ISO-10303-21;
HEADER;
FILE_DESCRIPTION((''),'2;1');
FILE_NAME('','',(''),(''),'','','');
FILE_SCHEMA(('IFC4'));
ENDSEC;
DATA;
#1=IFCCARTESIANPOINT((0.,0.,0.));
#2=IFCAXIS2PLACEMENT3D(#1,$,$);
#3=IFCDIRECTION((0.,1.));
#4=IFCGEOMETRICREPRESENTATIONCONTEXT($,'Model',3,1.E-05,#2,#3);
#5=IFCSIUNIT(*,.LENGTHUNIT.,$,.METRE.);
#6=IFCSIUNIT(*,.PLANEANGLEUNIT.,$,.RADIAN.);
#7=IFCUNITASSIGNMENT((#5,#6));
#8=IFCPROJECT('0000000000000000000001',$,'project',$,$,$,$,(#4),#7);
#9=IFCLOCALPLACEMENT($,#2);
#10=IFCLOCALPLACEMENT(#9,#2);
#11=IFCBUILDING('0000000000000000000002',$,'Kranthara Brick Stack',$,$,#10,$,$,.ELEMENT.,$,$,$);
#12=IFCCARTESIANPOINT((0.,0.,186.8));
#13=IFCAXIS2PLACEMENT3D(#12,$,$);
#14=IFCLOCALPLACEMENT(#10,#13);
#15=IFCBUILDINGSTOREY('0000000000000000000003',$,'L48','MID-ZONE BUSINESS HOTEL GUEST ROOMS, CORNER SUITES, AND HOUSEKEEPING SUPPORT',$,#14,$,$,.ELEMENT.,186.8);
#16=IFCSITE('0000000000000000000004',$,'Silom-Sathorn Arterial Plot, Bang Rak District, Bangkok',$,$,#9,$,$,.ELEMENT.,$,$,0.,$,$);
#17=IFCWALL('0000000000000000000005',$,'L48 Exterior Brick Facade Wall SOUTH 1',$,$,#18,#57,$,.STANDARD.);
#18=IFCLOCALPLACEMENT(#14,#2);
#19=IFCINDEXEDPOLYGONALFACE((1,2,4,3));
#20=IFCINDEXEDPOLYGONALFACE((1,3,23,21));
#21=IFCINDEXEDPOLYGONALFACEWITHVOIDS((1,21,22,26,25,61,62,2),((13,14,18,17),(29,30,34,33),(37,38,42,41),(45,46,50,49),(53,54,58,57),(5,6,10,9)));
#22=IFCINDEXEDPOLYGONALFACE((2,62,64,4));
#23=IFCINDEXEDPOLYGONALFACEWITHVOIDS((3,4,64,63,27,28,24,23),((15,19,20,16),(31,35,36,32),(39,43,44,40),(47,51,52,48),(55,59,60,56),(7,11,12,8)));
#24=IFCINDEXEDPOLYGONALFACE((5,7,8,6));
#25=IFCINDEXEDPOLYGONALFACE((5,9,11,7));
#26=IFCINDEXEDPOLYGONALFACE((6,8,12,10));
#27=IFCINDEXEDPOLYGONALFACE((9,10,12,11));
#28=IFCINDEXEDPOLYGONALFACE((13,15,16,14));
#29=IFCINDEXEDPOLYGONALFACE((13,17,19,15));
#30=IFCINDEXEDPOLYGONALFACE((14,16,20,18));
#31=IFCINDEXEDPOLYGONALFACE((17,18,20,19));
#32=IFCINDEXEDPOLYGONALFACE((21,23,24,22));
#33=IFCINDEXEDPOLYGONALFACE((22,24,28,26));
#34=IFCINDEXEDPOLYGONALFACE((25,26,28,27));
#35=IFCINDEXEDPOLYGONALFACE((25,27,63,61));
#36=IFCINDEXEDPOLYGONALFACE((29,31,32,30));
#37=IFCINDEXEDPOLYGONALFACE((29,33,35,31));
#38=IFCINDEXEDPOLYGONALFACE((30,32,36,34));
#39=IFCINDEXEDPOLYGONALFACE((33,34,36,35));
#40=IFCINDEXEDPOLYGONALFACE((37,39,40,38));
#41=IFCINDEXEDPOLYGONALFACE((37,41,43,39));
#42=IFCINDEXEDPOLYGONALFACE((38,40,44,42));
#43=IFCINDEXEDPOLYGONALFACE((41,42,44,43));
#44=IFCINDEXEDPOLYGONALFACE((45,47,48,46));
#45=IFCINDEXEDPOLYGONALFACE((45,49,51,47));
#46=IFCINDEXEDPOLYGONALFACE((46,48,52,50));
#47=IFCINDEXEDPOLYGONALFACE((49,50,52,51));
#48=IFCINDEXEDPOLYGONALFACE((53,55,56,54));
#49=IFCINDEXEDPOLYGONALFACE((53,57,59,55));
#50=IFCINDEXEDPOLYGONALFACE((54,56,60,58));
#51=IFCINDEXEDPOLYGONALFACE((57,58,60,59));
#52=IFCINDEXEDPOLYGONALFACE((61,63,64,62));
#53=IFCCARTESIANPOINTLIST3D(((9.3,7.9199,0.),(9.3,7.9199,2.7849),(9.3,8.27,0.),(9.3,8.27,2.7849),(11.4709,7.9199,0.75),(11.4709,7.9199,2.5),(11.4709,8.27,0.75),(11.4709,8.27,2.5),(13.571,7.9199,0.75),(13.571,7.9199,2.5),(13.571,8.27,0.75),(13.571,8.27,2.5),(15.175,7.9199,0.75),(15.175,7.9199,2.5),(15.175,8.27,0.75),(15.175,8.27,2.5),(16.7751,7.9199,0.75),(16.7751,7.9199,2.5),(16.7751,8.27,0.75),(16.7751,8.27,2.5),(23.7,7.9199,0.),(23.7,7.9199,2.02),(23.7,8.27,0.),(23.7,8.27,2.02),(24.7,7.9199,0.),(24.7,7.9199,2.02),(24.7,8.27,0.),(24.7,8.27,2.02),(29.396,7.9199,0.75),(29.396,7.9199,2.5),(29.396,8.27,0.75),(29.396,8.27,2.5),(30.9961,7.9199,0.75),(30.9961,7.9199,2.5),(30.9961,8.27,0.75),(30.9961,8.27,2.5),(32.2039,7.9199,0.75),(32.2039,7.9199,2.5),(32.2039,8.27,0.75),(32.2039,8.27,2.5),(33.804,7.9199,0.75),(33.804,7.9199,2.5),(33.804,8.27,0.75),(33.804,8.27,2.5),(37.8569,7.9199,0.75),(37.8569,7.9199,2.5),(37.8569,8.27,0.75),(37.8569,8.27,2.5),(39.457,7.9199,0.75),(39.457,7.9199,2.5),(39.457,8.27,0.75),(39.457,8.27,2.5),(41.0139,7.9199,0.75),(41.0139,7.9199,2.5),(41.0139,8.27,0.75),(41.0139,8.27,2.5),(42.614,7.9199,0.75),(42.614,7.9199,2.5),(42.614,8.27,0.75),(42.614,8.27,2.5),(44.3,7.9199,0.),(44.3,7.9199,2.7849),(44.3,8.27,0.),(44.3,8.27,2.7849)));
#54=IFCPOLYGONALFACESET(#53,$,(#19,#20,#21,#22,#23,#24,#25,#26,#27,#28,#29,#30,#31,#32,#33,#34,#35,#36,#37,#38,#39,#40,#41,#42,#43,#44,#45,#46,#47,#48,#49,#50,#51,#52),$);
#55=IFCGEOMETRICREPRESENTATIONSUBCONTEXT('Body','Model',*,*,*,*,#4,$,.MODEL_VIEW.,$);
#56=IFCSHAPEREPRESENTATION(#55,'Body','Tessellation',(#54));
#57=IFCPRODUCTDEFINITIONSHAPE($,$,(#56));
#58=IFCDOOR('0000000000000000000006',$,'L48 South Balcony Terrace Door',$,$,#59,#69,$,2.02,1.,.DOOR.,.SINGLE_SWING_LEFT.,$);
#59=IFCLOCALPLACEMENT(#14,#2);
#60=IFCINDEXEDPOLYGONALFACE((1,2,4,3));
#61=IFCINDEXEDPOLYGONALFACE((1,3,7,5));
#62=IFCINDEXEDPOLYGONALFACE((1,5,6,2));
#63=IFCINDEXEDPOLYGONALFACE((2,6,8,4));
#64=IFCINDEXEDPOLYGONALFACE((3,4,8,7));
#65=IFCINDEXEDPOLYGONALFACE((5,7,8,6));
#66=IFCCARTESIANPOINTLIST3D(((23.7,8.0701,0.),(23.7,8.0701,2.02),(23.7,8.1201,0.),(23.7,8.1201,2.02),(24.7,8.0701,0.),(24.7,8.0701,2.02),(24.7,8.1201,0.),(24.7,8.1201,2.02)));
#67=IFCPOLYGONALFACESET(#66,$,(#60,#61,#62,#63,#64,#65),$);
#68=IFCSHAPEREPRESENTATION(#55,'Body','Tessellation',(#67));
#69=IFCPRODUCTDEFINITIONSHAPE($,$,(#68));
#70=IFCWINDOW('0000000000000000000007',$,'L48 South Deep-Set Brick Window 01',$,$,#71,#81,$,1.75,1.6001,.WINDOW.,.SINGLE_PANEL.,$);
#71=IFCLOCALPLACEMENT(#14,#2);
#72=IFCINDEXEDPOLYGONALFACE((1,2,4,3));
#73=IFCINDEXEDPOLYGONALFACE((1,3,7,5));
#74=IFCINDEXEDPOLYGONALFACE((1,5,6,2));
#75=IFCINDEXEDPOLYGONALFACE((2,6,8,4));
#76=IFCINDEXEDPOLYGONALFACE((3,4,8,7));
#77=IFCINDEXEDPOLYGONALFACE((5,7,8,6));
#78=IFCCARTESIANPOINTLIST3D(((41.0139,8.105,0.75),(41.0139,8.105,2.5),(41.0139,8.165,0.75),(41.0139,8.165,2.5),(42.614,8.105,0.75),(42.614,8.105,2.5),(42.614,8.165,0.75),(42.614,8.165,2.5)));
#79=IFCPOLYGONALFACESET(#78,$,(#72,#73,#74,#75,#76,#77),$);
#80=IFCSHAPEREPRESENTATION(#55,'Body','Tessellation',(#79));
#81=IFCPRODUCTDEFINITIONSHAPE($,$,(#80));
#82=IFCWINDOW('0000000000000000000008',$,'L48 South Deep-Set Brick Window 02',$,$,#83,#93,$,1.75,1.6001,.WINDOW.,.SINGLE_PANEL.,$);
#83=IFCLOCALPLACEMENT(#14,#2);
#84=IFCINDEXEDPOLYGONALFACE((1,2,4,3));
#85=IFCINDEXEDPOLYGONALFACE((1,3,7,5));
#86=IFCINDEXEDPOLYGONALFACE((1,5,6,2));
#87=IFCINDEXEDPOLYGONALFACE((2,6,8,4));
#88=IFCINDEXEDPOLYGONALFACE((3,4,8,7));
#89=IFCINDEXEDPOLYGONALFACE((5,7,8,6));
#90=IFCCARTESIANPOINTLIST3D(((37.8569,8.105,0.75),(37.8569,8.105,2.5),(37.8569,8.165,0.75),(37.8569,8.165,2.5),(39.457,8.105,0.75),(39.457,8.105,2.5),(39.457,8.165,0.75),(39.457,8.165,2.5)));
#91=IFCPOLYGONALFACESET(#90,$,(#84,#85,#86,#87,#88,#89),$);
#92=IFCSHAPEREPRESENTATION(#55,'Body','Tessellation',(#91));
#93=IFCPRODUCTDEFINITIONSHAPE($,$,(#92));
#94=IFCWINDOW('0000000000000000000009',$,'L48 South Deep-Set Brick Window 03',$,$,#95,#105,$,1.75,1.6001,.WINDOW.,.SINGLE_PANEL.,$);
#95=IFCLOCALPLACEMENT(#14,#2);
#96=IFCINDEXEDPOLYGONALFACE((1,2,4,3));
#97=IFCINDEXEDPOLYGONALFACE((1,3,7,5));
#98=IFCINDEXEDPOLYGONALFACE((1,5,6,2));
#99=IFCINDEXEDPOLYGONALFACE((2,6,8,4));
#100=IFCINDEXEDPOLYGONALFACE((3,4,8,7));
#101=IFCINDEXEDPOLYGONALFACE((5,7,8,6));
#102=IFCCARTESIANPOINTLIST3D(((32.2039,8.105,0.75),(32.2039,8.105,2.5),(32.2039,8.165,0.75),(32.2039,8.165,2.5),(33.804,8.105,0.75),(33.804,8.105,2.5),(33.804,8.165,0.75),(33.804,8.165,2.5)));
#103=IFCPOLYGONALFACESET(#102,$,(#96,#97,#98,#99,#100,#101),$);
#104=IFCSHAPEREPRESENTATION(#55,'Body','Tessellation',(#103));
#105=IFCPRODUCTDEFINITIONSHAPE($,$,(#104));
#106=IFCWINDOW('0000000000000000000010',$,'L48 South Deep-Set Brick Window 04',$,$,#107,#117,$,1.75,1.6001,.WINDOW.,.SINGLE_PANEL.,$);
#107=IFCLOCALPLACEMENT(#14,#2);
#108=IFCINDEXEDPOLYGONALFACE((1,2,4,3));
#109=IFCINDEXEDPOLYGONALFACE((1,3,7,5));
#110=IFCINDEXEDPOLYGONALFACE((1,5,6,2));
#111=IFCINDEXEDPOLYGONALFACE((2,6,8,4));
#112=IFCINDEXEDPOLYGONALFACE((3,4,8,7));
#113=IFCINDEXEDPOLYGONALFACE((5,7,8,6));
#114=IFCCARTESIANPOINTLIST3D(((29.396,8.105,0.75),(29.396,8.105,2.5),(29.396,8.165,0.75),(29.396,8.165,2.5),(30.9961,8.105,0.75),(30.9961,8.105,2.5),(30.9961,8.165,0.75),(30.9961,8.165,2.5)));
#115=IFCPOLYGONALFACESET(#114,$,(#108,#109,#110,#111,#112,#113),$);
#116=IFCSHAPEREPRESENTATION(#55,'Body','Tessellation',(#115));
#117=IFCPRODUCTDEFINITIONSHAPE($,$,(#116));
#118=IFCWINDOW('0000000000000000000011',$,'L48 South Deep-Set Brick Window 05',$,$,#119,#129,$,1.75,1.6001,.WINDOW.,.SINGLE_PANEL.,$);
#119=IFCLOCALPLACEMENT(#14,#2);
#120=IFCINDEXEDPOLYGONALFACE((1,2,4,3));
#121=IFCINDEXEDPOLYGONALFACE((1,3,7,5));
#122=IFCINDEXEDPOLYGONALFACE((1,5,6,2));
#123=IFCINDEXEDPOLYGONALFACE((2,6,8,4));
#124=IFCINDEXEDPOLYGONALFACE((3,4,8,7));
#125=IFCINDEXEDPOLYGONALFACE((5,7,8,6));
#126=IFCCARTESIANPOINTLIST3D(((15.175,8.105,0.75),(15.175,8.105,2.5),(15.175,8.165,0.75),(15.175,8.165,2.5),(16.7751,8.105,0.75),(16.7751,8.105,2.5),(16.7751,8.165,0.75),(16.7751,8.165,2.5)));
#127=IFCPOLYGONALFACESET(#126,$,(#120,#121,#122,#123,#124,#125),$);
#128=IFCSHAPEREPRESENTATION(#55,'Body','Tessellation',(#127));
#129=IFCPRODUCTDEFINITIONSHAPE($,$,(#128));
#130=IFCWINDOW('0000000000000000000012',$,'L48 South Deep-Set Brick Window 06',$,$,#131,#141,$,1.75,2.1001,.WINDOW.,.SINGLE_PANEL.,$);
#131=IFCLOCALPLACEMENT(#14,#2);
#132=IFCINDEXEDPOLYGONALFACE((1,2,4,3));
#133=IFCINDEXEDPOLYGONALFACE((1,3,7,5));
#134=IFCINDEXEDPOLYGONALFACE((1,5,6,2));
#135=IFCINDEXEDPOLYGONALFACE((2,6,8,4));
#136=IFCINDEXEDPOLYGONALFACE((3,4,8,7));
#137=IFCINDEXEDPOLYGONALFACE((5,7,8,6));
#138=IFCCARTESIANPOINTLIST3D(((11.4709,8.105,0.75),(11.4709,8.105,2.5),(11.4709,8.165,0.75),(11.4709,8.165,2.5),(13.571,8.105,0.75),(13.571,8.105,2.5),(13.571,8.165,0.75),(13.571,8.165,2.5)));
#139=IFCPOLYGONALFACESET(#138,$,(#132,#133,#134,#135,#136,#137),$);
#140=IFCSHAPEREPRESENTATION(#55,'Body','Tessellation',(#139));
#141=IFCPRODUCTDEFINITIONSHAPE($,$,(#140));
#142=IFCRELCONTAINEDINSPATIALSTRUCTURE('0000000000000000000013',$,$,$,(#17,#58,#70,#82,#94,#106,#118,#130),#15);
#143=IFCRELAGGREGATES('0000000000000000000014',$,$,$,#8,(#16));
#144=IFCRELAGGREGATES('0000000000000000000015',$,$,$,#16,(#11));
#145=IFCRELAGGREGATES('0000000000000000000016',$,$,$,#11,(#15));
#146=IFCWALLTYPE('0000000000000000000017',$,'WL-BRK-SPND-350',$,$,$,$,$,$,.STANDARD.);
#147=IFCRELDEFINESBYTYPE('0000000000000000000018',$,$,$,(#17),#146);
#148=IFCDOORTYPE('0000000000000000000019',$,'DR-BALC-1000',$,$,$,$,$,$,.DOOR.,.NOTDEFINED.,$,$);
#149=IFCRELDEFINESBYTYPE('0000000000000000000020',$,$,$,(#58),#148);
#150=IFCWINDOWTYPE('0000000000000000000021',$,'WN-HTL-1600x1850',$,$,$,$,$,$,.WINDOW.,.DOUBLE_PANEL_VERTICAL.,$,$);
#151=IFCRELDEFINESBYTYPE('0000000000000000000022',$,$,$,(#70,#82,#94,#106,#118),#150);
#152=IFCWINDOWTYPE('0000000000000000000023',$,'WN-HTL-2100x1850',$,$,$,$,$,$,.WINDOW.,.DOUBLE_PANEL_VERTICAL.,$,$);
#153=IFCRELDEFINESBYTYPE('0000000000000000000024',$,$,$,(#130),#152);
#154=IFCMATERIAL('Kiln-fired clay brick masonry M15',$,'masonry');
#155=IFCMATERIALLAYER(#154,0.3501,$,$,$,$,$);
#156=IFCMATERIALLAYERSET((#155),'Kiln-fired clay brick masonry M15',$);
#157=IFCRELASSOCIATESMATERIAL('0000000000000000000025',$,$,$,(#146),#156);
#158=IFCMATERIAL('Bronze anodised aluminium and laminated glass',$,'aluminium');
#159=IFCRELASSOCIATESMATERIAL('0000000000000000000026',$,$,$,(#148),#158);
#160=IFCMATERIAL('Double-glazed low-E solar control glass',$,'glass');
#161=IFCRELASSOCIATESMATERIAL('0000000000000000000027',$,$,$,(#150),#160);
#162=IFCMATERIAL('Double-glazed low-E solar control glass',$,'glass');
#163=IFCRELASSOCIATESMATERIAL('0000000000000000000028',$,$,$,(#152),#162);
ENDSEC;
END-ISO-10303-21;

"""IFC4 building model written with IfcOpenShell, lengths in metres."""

from ifc_helpers import new_model, si_unit, direction, frame, frame_2d, origin, place, context, subcontext, project, spatial, rectangle, extrude, material, layer, layer_set, type_object, element, fill, save


model = new_model("IFC4")

# Units and contexts
model_context = context("Model", 3, precision=1e-05, world=origin(), true_north=direction((0.0, 1.0)))
body_context = subcontext(model_context, "Body", "Model", "MODEL_VIEW")
ifc_project = project(units=[si_unit("LENGTHUNIT", "METRE"), si_unit("PLANEANGLEUNIT", "RADIAN")], contexts=[model_context])

# Site, building, storey
site_placement = place(None, origin())
site = spatial("IfcSite", under=ifc_project, at=site_placement, Name="Silom-Sathorn Arterial Plot, Bang Rak District, Bangkok", CompositionType="ELEMENT", RefElevation=0.0)
building_placement = place(site_placement, origin())
building = spatial("IfcBuilding", under=site, at=building_placement, Name="Kranthara Brick Stack", CompositionType="ELEMENT")
storey_placement = place(building_placement, frame((0.0, 0.0, 186.8)))
storey = spatial("IfcBuildingStorey", under=building, at=storey_placement, Name="L48", Description="MID-ZONE BUSINESS HOTEL GUEST ROOMS, CORNER SUITES, AND HOUSEKEEPING SUPPORT", CompositionType="ELEMENT", Elevation=186.8)

# Wall, openings, door, windows
ifc_material_1 = material(Name="Kiln-fired clay brick masonry M15", Category="masonry")
ifc_layer_1 = layer(ifc_material_1, 0.3501)
ifc_layer_set_1 = layer_set([ifc_layer_1], Name="Kiln-fired clay brick masonry M15")
wall_type_1 = type_object("IfcWallType", Name="WL-BRK-SPND-350", PredefinedType="STANDARD", material=ifc_layer_set_1)
wall_1_placement = place(storey_placement, frame((44.3, 8.095, 0.0), z_axis=(0.0, 0.0, 1.0), x_axis=(-1.0, 0.0, 0.0)))
wall_1 = element("IfcWall", 1, at=wall_1_placement, inside=storey, type_object=wall_type_1, Name="L48 Exterior Brick Facade Wall SOUTH 1", PredefinedType="STANDARD", context=body_context, shape_type="SweptSolid", body=[
    extrude(rectangle(XDim=35.0, YDim=0.3501, at=frame_2d((17.5, 0.0))), origin(), (0.0, 0.0, 1.0), 2.7849),
])
opening_1_placement = place(wall_1_placement, frame((19.6001, 0.0, 0.0)))
opening_1 = element("IfcOpeningElement", 2, at=opening_1_placement, cuts=wall_1, PredefinedType="OPENING", context=body_context, shape_type="SweptSolid", body=[
    extrude(rectangle(XDim=1.0, YDim=2.02, at=frame_2d((0.5, 1.01))), frame((0.0, 0.1851, 0.0), z_axis=(0.0, -1.0, 0.0), x_axis=(1.0, 0.0, 0.0)), (0.0, 0.0, 1.0), 0.3701),
])
opening_2_placement = place(wall_1_placement, frame((1.686, 0.0, 0.75)))
opening_2 = element("IfcOpeningElement", 3, at=opening_2_placement, cuts=wall_1, PredefinedType="OPENING", context=body_context, shape_type="SweptSolid", body=[
    extrude(rectangle(XDim=1.6001, YDim=1.75, at=frame_2d((0.8, 0.875))), frame((0.0, 0.1851, 0.0), z_axis=(0.0, -1.0, 0.0), x_axis=(1.0, 0.0, 0.0)), (0.0, 0.0, 1.0), 0.3701),
])
opening_3_placement = place(wall_1_placement, frame((4.843, 0.0, 0.75)))
opening_3 = element("IfcOpeningElement", 4, at=opening_3_placement, cuts=wall_1, PredefinedType="OPENING", context=body_context, shape_type="SweptSolid", body=[
    extrude(rectangle(XDim=1.6001, YDim=1.75, at=frame_2d((0.8, 0.875))), frame((0.0, 0.1851, 0.0), z_axis=(0.0, -1.0, 0.0), x_axis=(1.0, 0.0, 0.0)), (0.0, 0.0, 1.0), 0.3701),
])
opening_4_placement = place(wall_1_placement, frame((10.4961, 0.0, 0.75)))
opening_4 = element("IfcOpeningElement", 5, at=opening_4_placement, cuts=wall_1, PredefinedType="OPENING", context=body_context, shape_type="SweptSolid", body=[
    extrude(rectangle(XDim=1.6001, YDim=1.75, at=frame_2d((0.8, 0.875))), frame((0.0, 0.1851, 0.0), z_axis=(0.0, -1.0, 0.0), x_axis=(1.0, 0.0, 0.0)), (0.0, 0.0, 1.0), 0.3701),
])
opening_5_placement = place(wall_1_placement, frame((13.304, 0.0, 0.75)))
opening_5 = element("IfcOpeningElement", 6, at=opening_5_placement, cuts=wall_1, PredefinedType="OPENING", context=body_context, shape_type="SweptSolid", body=[
    extrude(rectangle(XDim=1.6001, YDim=1.75, at=frame_2d((0.8, 0.875))), frame((0.0, 0.1851, 0.0), z_axis=(0.0, -1.0, 0.0), x_axis=(1.0, 0.0, 0.0)), (0.0, 0.0, 1.0), 0.3701),
])
opening_6_placement = place(wall_1_placement, frame((27.5249, 0.0, 0.75)))
opening_6 = element("IfcOpeningElement", 7, at=opening_6_placement, cuts=wall_1, PredefinedType="OPENING", context=body_context, shape_type="SweptSolid", body=[
    extrude(rectangle(XDim=1.6001, YDim=1.75, at=frame_2d((0.8, 0.875))), frame((0.0, 0.1851, 0.0), z_axis=(0.0, -1.0, 0.0), x_axis=(1.0, 0.0, 0.0)), (0.0, 0.0, 1.0), 0.3701),
])
opening_7_placement = place(wall_1_placement, frame((30.729, 0.0, 0.75)))
opening_7 = element("IfcOpeningElement", 8, at=opening_7_placement, cuts=wall_1, PredefinedType="OPENING", context=body_context, shape_type="SweptSolid", body=[
    extrude(rectangle(XDim=2.1001, YDim=1.75, at=frame_2d((1.05, 0.875))), frame((0.0, 0.1851, 0.0), z_axis=(0.0, -1.0, 0.0), x_axis=(1.0, 0.0, 0.0)), (0.0, 0.0, 1.0), 0.3701),
])
ifc_material_2 = material(Name="Bronze anodised aluminium and laminated glass", Category="aluminium")
door_type_1 = type_object("IfcDoorType", Name="DR-BALC-1000", OperationType="NOTDEFINED", PredefinedType="DOOR", material=ifc_material_2)
door_1_placement = place(opening_1_placement, origin())
door_1 = element("IfcDoor", 9, at=door_1_placement, inside=storey, type_object=door_type_1, Name="L48 South Balcony Terrace Door", OperationType="SINGLE_SWING_LEFT", OverallHeight=2.02, OverallWidth=1.0, PredefinedType="DOOR", context=body_context, shape_type="SweptSolid", body=[
    extrude(rectangle(XDim=1.0, YDim=2.02, at=frame_2d((0.5, 1.01))), frame((0.0, 0.0249, 0.0), z_axis=(0.0, -1.0, 0.0), x_axis=(1.0, 0.0, 0.0)), (0.0, 0.0, 1.0), 0.05),
])
fill(opening_1, door_1)
ifc_material_3 = material(Name="Double-glazed low-E solar control glass", Category="glass")
window_type_1 = type_object("IfcWindowType", Name="WN-HTL-1600x1850", PartitioningType="DOUBLE_PANEL_VERTICAL", PredefinedType="WINDOW", material=ifc_material_3)
window_1_placement = place(opening_2_placement, origin())
window_1 = element("IfcWindow", 10, at=window_1_placement, inside=storey, type_object=window_type_1, Name="L48 South Deep-Set Brick Window 01", OverallHeight=1.75, OverallWidth=1.6001, PartitioningType="SINGLE_PANEL", PredefinedType="WINDOW", context=body_context, shape_type="SweptSolid", body=[
    extrude(rectangle(XDim=1.6001, YDim=1.75, at=frame_2d((0.8, 0.875))), frame((0.0, -0.01, 0.0), z_axis=(0.0, -1.0, 0.0), x_axis=(1.0, 0.0, 0.0)), (0.0, 0.0, 1.0), 0.0601),
])
fill(opening_2, window_1)
window_2_placement = place(opening_3_placement, origin())
window_2 = element("IfcWindow", 11, at=window_2_placement, inside=storey, type_object=window_type_1, Name="L48 South Deep-Set Brick Window 02", OverallHeight=1.75, OverallWidth=1.6001, PartitioningType="SINGLE_PANEL", PredefinedType="WINDOW", context=body_context, shape_type="SweptSolid", body=[
    extrude(rectangle(XDim=1.6001, YDim=1.75, at=frame_2d((0.8, 0.875))), frame((0.0, -0.01, 0.0), z_axis=(0.0, -1.0, 0.0), x_axis=(1.0, 0.0, 0.0)), (0.0, 0.0, 1.0), 0.0601),
])
fill(opening_3, window_2)
window_3_placement = place(opening_4_placement, origin())
window_3 = element("IfcWindow", 12, at=window_3_placement, inside=storey, type_object=window_type_1, Name="L48 South Deep-Set Brick Window 03", OverallHeight=1.75, OverallWidth=1.6001, PartitioningType="SINGLE_PANEL", PredefinedType="WINDOW", context=body_context, shape_type="SweptSolid", body=[
    extrude(rectangle(XDim=1.6001, YDim=1.75, at=frame_2d((0.8, 0.875))), frame((0.0, -0.01, 0.0), z_axis=(0.0, -1.0, 0.0), x_axis=(1.0, 0.0, 0.0)), (0.0, 0.0, 1.0), 0.0601),
])
fill(opening_4, window_3)
window_4_placement = place(opening_5_placement, origin())
window_4 = element("IfcWindow", 13, at=window_4_placement, inside=storey, type_object=window_type_1, Name="L48 South Deep-Set Brick Window 04", OverallHeight=1.75, OverallWidth=1.6001, PartitioningType="SINGLE_PANEL", PredefinedType="WINDOW", context=body_context, shape_type="SweptSolid", body=[
    extrude(rectangle(XDim=1.6001, YDim=1.75, at=frame_2d((0.8, 0.875))), frame((0.0, -0.01, 0.0), z_axis=(0.0, -1.0, 0.0), x_axis=(1.0, 0.0, 0.0)), (0.0, 0.0, 1.0), 0.0601),
])
fill(opening_5, window_4)
window_5_placement = place(opening_6_placement, origin())
window_5 = element("IfcWindow", 14, at=window_5_placement, inside=storey, type_object=window_type_1, Name="L48 South Deep-Set Brick Window 05", OverallHeight=1.75, OverallWidth=1.6001, PartitioningType="SINGLE_PANEL", PredefinedType="WINDOW", context=body_context, shape_type="SweptSolid", body=[
    extrude(rectangle(XDim=1.6001, YDim=1.75, at=frame_2d((0.8, 0.875))), frame((0.0, -0.01, 0.0), z_axis=(0.0, -1.0, 0.0), x_axis=(1.0, 0.0, 0.0)), (0.0, 0.0, 1.0), 0.0601),
])
fill(opening_6, window_5)
ifc_material_4 = material(Name="Double-glazed low-E solar control glass", Category="glass")
window_type_2 = type_object("IfcWindowType", Name="WN-HTL-2100x1850", PartitioningType="DOUBLE_PANEL_VERTICAL", PredefinedType="WINDOW", material=ifc_material_4)
window_6_placement = place(opening_7_placement, origin())
window_6 = element("IfcWindow", 15, at=window_6_placement, inside=storey, type_object=window_type_2, Name="L48 South Deep-Set Brick Window 06", OverallHeight=1.75, OverallWidth=2.1001, PartitioningType="SINGLE_PANEL", PredefinedType="WINDOW", context=body_context, shape_type="SweptSolid", body=[
    extrude(rectangle(XDim=2.1001, YDim=1.75, at=frame_2d((1.05, 0.875))), frame((0.0, -0.01, 0.0), z_axis=(0.0, -1.0, 0.0), x_axis=(1.0, 0.0, 0.0)), (0.0, 0.0, 1.0), 0.0601),
])
fill(opening_7, window_6)

save(model, "model.ifc")
